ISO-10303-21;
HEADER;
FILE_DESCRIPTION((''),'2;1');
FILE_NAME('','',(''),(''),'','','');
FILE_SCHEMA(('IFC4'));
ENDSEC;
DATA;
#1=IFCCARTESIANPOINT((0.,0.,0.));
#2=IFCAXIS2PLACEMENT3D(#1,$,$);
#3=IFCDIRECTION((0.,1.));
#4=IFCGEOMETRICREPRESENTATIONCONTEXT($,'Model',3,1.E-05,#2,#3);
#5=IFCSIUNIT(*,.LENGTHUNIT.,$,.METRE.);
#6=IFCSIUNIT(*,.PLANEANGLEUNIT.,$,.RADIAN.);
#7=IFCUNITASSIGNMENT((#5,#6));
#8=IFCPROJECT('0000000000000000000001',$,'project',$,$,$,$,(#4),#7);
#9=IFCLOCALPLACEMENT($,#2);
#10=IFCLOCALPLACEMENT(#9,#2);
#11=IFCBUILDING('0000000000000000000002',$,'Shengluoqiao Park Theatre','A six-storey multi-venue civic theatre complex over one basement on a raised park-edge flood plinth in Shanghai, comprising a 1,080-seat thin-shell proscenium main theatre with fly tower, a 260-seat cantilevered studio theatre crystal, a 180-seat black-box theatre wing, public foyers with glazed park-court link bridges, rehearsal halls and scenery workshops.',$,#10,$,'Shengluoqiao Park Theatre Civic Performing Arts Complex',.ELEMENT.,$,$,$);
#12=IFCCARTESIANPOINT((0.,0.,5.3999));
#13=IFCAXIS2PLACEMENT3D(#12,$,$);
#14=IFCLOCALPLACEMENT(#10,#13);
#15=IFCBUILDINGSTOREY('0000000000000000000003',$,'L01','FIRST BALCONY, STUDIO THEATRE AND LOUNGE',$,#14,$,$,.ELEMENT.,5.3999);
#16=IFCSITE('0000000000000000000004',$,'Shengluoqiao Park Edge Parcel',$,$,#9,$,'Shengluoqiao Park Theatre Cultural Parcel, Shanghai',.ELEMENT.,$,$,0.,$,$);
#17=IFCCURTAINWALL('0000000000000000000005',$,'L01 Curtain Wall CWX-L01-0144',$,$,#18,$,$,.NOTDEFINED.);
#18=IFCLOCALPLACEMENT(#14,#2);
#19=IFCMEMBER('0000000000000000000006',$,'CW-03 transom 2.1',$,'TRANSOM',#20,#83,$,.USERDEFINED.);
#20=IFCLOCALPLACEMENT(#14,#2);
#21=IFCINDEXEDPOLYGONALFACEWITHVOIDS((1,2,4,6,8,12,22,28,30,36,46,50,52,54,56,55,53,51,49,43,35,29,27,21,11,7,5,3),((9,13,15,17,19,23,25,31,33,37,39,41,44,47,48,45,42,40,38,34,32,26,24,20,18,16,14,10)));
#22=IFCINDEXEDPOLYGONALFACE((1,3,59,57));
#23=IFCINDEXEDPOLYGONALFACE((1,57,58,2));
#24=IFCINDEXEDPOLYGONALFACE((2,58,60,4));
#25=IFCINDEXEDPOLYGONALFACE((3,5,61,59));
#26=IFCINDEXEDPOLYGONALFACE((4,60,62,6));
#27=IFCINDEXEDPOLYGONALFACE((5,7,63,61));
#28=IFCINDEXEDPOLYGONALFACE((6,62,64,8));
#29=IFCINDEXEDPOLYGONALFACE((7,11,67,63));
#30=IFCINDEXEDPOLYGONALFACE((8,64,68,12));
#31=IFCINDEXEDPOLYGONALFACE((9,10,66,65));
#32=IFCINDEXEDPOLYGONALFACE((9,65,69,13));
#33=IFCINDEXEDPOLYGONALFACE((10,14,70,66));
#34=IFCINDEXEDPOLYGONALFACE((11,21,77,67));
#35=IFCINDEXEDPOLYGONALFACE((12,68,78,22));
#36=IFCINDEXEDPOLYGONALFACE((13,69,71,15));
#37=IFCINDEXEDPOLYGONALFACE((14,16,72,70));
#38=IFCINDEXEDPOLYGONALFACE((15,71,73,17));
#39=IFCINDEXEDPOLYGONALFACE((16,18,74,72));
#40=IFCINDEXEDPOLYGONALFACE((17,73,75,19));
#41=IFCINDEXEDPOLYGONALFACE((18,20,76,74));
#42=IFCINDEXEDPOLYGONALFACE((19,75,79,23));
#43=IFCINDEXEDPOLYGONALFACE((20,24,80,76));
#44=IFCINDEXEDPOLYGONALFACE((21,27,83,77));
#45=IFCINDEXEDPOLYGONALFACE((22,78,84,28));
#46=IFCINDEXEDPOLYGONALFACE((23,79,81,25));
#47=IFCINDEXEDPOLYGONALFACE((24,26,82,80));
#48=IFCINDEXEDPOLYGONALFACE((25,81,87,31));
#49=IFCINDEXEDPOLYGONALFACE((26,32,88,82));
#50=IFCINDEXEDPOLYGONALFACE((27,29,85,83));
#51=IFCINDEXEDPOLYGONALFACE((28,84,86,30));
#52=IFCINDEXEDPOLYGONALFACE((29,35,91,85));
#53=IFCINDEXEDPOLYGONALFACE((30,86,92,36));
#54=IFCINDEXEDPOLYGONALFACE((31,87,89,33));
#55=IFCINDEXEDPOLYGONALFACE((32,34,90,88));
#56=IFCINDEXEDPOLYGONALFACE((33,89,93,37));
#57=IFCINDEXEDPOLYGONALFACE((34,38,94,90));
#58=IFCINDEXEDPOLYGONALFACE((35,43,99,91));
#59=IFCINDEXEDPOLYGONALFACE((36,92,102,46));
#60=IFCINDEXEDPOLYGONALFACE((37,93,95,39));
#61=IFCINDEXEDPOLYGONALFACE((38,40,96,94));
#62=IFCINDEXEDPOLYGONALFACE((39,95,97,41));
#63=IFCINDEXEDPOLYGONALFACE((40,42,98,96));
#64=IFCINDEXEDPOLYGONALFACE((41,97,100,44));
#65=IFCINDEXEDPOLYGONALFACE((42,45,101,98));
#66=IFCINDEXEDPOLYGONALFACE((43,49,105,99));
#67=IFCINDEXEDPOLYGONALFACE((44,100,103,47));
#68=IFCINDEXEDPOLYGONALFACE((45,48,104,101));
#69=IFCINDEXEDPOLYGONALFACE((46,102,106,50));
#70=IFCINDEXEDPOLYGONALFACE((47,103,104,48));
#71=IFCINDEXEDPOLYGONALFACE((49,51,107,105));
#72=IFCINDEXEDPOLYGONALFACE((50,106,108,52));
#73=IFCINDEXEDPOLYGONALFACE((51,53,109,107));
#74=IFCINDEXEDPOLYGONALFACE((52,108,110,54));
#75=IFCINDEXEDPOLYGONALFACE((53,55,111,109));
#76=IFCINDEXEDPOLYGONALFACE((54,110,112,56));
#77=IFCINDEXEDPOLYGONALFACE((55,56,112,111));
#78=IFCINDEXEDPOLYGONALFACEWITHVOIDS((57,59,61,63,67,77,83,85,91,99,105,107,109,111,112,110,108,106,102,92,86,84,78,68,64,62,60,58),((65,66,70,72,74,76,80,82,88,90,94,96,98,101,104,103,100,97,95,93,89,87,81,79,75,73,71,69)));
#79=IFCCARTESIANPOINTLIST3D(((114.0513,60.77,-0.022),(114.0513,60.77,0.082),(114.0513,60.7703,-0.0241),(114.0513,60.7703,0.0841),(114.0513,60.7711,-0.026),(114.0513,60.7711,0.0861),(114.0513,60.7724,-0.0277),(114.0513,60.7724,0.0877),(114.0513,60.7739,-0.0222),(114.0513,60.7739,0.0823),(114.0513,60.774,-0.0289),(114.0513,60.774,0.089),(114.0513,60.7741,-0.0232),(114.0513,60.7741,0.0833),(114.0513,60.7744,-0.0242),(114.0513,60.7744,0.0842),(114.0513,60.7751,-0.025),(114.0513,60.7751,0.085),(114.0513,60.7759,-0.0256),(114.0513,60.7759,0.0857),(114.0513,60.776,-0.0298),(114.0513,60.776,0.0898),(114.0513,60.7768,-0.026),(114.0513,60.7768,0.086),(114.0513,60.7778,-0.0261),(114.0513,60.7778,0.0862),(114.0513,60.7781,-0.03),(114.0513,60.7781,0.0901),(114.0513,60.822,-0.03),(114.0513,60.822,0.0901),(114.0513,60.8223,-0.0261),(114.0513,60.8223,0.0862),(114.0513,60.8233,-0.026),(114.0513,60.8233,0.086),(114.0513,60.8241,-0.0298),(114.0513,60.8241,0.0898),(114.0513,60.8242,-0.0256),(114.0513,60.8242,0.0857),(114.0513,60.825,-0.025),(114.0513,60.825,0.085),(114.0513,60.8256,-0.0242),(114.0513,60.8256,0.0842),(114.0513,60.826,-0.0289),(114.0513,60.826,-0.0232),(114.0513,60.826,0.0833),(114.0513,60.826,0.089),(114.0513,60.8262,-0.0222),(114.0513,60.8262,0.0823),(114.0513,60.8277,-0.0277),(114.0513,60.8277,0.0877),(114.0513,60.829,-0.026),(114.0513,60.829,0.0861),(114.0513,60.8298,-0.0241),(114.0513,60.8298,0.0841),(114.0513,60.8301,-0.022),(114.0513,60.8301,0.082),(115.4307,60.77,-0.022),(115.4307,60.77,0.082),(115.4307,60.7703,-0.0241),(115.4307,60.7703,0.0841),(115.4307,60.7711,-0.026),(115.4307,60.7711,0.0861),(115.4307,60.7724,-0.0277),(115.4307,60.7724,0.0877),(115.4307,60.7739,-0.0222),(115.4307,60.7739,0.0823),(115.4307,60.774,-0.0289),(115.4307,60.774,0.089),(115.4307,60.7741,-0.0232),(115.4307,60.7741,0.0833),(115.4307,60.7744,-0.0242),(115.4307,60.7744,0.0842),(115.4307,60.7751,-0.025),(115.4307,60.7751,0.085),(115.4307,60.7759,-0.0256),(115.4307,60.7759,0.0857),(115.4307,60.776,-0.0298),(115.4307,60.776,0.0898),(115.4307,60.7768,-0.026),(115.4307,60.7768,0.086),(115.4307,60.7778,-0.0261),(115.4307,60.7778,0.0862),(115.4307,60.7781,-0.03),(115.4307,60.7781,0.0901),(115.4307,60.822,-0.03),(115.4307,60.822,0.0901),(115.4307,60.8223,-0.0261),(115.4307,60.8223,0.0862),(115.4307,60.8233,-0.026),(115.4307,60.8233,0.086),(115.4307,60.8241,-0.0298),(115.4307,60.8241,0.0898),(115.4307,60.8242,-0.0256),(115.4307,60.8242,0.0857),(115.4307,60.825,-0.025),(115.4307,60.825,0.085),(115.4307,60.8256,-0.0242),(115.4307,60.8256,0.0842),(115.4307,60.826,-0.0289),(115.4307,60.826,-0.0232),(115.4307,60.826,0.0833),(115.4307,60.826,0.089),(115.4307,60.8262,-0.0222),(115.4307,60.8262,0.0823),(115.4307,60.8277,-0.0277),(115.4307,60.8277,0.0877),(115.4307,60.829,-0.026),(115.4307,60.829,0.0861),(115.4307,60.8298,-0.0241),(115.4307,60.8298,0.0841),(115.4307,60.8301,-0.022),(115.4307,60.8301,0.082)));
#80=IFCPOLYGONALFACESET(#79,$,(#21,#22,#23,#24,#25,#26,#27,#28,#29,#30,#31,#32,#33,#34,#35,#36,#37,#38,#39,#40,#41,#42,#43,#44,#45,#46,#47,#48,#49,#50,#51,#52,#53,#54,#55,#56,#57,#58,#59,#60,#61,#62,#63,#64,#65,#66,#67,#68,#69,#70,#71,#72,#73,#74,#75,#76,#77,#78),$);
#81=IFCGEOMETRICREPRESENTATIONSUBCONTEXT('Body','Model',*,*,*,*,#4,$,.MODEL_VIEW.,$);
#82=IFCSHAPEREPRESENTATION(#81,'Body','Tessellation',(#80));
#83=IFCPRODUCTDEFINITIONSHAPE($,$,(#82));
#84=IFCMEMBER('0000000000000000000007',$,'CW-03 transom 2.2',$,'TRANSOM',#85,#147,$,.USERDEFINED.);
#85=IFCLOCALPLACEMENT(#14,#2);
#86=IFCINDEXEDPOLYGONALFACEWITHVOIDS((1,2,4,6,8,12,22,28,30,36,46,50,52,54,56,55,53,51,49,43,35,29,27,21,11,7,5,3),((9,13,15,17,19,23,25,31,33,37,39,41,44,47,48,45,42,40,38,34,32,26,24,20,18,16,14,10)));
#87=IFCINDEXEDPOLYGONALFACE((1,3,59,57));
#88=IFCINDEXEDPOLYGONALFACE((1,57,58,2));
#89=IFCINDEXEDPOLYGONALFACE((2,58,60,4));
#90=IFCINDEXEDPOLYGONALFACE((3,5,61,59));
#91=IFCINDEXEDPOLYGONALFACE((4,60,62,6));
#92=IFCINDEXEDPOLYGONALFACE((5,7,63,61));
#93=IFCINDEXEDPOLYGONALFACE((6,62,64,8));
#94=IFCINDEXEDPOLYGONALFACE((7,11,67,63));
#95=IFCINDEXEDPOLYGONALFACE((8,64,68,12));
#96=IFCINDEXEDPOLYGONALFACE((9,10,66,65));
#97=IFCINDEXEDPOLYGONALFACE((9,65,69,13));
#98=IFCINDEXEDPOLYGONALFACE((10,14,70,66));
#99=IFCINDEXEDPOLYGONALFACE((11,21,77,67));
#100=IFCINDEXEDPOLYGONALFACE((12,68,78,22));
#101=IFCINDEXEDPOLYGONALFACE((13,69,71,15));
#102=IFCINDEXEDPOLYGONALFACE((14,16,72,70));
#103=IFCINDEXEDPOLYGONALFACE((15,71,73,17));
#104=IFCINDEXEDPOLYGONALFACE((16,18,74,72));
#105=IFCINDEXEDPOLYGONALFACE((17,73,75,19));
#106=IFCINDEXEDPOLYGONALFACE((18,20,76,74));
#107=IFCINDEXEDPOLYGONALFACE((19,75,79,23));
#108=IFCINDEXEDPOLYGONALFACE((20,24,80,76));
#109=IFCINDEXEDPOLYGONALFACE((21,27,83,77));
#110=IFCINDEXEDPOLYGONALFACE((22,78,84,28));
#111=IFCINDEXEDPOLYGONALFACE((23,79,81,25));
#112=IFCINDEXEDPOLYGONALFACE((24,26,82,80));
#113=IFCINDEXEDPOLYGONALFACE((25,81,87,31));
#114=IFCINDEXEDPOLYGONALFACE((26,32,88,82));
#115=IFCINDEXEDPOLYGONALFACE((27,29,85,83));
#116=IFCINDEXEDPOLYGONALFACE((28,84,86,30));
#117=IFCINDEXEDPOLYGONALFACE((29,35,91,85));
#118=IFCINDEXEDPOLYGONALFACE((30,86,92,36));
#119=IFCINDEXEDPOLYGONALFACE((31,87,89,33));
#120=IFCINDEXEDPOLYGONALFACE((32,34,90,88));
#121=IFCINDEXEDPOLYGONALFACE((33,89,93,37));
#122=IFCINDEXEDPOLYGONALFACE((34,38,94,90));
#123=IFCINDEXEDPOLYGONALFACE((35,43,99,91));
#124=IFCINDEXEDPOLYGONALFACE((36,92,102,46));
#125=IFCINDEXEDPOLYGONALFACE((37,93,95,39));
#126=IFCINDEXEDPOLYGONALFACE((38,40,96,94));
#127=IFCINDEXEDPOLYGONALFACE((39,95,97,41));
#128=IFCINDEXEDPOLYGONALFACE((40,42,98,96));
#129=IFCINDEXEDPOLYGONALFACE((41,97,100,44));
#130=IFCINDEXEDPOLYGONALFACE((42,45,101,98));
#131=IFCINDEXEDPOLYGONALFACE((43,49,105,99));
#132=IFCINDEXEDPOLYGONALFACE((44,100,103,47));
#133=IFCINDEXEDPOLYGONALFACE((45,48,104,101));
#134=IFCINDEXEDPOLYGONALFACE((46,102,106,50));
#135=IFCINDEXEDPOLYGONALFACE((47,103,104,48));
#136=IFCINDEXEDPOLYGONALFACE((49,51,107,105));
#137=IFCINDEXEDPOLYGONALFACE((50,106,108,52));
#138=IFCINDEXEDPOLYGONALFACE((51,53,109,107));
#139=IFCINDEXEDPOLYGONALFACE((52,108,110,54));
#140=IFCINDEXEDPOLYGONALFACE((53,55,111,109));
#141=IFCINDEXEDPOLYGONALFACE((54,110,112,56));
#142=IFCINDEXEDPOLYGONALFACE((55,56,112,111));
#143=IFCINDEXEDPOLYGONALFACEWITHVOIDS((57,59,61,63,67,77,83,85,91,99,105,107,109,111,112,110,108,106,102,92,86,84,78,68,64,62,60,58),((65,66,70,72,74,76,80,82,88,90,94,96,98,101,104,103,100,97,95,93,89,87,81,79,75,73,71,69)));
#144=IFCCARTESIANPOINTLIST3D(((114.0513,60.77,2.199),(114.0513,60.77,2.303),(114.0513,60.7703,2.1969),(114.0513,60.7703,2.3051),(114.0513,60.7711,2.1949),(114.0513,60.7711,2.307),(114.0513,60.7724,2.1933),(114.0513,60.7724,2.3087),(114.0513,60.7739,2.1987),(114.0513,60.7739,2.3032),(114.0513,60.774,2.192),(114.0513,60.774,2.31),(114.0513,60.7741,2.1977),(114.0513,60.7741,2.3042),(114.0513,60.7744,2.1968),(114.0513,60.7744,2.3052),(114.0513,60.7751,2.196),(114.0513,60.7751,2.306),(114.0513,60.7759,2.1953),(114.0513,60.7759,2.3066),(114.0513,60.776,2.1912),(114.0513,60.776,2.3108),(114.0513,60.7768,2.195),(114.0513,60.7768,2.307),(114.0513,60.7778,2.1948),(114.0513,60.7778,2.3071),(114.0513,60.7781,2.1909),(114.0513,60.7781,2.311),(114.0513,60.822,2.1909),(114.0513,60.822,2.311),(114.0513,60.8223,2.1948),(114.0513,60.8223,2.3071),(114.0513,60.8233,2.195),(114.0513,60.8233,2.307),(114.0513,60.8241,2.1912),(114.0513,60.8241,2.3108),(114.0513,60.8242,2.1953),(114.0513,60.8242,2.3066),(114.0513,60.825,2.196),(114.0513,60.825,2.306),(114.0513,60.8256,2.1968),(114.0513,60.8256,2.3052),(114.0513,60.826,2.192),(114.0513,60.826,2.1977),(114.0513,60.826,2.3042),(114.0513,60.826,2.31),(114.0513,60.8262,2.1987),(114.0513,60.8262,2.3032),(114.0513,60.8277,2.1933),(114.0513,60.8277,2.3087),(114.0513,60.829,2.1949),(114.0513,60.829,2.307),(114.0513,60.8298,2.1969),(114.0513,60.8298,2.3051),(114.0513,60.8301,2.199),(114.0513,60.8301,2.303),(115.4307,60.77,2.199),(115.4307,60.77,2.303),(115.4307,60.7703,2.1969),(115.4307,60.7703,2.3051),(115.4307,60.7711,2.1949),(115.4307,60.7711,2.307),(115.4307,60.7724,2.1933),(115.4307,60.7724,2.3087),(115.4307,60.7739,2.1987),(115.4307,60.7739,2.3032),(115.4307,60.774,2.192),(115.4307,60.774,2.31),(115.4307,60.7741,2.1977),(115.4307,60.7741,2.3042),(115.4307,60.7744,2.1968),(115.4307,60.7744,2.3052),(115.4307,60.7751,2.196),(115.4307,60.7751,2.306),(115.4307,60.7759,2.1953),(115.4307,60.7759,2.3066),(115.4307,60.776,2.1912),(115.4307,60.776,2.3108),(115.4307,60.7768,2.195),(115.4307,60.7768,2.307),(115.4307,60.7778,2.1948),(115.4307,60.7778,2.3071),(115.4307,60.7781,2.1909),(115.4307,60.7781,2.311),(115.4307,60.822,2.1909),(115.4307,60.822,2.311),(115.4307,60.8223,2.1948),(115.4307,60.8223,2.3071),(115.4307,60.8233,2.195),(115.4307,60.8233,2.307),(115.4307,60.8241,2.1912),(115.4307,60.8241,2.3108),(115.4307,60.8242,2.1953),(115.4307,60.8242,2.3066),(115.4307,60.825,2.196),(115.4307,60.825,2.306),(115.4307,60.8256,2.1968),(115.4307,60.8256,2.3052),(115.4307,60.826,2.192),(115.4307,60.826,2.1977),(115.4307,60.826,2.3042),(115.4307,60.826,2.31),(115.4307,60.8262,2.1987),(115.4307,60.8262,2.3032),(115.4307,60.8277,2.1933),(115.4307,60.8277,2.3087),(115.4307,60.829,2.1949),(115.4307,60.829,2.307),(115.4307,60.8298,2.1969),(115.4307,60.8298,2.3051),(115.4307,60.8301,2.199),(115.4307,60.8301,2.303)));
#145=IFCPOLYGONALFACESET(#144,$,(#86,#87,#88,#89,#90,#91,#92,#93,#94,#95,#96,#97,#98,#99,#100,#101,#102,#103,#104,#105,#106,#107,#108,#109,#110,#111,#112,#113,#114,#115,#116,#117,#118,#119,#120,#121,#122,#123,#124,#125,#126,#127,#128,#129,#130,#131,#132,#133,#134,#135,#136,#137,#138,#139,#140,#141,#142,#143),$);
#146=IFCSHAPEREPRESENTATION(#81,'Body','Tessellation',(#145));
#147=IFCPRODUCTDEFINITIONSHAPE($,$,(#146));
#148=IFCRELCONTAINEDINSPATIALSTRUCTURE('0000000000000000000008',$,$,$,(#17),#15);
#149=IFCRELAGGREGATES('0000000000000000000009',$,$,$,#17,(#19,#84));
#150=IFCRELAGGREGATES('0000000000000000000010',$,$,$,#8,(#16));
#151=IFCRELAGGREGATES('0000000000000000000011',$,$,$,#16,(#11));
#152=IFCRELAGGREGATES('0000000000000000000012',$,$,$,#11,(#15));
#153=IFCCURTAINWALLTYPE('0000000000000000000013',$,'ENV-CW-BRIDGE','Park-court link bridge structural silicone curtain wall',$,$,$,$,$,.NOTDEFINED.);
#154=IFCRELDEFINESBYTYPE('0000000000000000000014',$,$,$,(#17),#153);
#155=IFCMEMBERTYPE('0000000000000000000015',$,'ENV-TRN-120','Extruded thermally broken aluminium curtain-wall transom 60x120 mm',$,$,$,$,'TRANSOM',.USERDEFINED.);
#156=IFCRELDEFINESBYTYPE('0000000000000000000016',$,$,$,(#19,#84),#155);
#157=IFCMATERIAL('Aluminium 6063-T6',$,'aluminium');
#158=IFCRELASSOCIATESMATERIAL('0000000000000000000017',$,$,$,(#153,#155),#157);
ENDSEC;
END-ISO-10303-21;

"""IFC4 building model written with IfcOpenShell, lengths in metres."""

from ifc_helpers import new_model, si_unit, direction, frame, origin, origin_2d, place, context, subcontext, project, spatial, hollow_rectangle, extrude, material, material_profile, profile_set, type_object, element, aggregate, save


model = new_model("IFC4")

# Units and contexts
model_context = context("Model", 3, precision=1e-05, world=origin(), true_north=direction((0.0, 1.0)))
body_context = subcontext(model_context, "Body", "Model", "MODEL_VIEW")
ifc_project = project(units=[si_unit("LENGTHUNIT", "METRE"), si_unit("PLANEANGLEUNIT", "RADIAN")], contexts=[model_context])

# Site, building, storey
site_placement = place(None, origin())
site = spatial("IfcSite", under=ifc_project, at=site_placement, Name="Shengluoqiao Park Edge Parcel", LongName="Shengluoqiao Park Theatre Cultural Parcel, Shanghai", CompositionType="ELEMENT", RefElevation=0.0)
building_placement = place(site_placement, origin())
building = spatial("IfcBuilding", under=site, at=building_placement, Name="Shengluoqiao Park Theatre", Description="A six-storey multi-venue civic theatre complex over one basement on a raised park-edge flood plinth in Shanghai, comprising a 1,080-seat thin-shell proscenium main theatre with fly tower, a 260-seat cantilevered studio theatre crystal, a 180-seat black-box theatre wing, public foyers with glazed park-court link bridges, rehearsal halls and scenery workshops.", LongName="Shengluoqiao Park Theatre Civic Performing Arts Complex", CompositionType="ELEMENT")
storey_placement = place(building_placement, frame((0.0, 0.0, 5.3999)))
storey = spatial("IfcBuildingStorey", under=building, at=storey_placement, Name="L01", Description="FIRST BALCONY, STUDIO THEATRE AND LOUNGE", CompositionType="ELEMENT", Elevation=5.3999)

# Curtain wall
ifc_material_1 = material(Name="Aluminium 6063-T6", Category="aluminium")
curtain_wall_type = type_object("IfcCurtainWallType", Name="ENV-CW-BRIDGE", Description="Park-court link bridge structural silicone curtain wall", PredefinedType="NOTDEFINED", material=ifc_material_1)
curtain_wall_1_placement = place(storey_placement, origin())
curtain_wall_1 = element("IfcCurtainWall", 1, at=curtain_wall_1_placement, inside=storey, type_object=curtain_wall_type, Name="L01 Curtain Wall CWX-L01-0144", PredefinedType="NOTDEFINED")

# Members
ifc_material_profile_1 = material_profile(ifc_material_1, hollow_rectangle(XDim=0.0601, YDim=0.1201, WallThickness=0.0039, InnerFilletRadius=0.0039, OuterFilletRadius=0.0081, at=origin_2d()), Name="ALU TRANSOM 120x60x4")
ifc_profile_set_1 = profile_set([ifc_material_profile_1], Name="Aluminium 6063-T6")
member_type_1 = type_object("IfcMemberType", Name="ENV-TRN-120", Description="Extruded thermally broken aluminium curtain-wall transom 60x120 mm", ElementType="TRANSOM", PredefinedType="USERDEFINED", material=ifc_profile_set_1)
member_1_placement = place(storey_placement, frame((114.0513, 60.8, 0.03), z_axis=(1.0, 0.0, 0.0), x_axis=(0.0, 1.0, 0.0)))
member_1 = element("IfcMember", 2, at=member_1_placement, type_object=member_type_1, Name="CW-03 transom 2.1", ObjectType="TRANSOM", PredefinedType="USERDEFINED", context=body_context, shape_type="SweptSolid", body=[
    extrude(hollow_rectangle(XDim=0.0601, YDim=0.1201, WallThickness=0.0039, InnerFilletRadius=0.0039, OuterFilletRadius=0.0081, at=origin_2d()), origin(), (0.0, 0.0, 1.0), 1.3794),
])
member_2_placement = place(storey_placement, frame((114.0513, 60.8, 2.251), z_axis=(1.0, 0.0, 0.0), x_axis=(0.0, 1.0, 0.0)))
member_2 = element("IfcMember", 3, at=member_2_placement, type_object=member_type_1, Name="CW-03 transom 2.2", ObjectType="TRANSOM", PredefinedType="USERDEFINED", context=body_context, shape_type="SweptSolid", body=[
    extrude(hollow_rectangle(XDim=0.0601, YDim=0.1201, WallThickness=0.0039, InnerFilletRadius=0.0039, OuterFilletRadius=0.0081, at=origin_2d()), origin(), (0.0, 0.0, 1.0), 1.3794),
])

aggregate(curtain_wall_1, [member_1, member_2])

save(model, "model.ifc")
